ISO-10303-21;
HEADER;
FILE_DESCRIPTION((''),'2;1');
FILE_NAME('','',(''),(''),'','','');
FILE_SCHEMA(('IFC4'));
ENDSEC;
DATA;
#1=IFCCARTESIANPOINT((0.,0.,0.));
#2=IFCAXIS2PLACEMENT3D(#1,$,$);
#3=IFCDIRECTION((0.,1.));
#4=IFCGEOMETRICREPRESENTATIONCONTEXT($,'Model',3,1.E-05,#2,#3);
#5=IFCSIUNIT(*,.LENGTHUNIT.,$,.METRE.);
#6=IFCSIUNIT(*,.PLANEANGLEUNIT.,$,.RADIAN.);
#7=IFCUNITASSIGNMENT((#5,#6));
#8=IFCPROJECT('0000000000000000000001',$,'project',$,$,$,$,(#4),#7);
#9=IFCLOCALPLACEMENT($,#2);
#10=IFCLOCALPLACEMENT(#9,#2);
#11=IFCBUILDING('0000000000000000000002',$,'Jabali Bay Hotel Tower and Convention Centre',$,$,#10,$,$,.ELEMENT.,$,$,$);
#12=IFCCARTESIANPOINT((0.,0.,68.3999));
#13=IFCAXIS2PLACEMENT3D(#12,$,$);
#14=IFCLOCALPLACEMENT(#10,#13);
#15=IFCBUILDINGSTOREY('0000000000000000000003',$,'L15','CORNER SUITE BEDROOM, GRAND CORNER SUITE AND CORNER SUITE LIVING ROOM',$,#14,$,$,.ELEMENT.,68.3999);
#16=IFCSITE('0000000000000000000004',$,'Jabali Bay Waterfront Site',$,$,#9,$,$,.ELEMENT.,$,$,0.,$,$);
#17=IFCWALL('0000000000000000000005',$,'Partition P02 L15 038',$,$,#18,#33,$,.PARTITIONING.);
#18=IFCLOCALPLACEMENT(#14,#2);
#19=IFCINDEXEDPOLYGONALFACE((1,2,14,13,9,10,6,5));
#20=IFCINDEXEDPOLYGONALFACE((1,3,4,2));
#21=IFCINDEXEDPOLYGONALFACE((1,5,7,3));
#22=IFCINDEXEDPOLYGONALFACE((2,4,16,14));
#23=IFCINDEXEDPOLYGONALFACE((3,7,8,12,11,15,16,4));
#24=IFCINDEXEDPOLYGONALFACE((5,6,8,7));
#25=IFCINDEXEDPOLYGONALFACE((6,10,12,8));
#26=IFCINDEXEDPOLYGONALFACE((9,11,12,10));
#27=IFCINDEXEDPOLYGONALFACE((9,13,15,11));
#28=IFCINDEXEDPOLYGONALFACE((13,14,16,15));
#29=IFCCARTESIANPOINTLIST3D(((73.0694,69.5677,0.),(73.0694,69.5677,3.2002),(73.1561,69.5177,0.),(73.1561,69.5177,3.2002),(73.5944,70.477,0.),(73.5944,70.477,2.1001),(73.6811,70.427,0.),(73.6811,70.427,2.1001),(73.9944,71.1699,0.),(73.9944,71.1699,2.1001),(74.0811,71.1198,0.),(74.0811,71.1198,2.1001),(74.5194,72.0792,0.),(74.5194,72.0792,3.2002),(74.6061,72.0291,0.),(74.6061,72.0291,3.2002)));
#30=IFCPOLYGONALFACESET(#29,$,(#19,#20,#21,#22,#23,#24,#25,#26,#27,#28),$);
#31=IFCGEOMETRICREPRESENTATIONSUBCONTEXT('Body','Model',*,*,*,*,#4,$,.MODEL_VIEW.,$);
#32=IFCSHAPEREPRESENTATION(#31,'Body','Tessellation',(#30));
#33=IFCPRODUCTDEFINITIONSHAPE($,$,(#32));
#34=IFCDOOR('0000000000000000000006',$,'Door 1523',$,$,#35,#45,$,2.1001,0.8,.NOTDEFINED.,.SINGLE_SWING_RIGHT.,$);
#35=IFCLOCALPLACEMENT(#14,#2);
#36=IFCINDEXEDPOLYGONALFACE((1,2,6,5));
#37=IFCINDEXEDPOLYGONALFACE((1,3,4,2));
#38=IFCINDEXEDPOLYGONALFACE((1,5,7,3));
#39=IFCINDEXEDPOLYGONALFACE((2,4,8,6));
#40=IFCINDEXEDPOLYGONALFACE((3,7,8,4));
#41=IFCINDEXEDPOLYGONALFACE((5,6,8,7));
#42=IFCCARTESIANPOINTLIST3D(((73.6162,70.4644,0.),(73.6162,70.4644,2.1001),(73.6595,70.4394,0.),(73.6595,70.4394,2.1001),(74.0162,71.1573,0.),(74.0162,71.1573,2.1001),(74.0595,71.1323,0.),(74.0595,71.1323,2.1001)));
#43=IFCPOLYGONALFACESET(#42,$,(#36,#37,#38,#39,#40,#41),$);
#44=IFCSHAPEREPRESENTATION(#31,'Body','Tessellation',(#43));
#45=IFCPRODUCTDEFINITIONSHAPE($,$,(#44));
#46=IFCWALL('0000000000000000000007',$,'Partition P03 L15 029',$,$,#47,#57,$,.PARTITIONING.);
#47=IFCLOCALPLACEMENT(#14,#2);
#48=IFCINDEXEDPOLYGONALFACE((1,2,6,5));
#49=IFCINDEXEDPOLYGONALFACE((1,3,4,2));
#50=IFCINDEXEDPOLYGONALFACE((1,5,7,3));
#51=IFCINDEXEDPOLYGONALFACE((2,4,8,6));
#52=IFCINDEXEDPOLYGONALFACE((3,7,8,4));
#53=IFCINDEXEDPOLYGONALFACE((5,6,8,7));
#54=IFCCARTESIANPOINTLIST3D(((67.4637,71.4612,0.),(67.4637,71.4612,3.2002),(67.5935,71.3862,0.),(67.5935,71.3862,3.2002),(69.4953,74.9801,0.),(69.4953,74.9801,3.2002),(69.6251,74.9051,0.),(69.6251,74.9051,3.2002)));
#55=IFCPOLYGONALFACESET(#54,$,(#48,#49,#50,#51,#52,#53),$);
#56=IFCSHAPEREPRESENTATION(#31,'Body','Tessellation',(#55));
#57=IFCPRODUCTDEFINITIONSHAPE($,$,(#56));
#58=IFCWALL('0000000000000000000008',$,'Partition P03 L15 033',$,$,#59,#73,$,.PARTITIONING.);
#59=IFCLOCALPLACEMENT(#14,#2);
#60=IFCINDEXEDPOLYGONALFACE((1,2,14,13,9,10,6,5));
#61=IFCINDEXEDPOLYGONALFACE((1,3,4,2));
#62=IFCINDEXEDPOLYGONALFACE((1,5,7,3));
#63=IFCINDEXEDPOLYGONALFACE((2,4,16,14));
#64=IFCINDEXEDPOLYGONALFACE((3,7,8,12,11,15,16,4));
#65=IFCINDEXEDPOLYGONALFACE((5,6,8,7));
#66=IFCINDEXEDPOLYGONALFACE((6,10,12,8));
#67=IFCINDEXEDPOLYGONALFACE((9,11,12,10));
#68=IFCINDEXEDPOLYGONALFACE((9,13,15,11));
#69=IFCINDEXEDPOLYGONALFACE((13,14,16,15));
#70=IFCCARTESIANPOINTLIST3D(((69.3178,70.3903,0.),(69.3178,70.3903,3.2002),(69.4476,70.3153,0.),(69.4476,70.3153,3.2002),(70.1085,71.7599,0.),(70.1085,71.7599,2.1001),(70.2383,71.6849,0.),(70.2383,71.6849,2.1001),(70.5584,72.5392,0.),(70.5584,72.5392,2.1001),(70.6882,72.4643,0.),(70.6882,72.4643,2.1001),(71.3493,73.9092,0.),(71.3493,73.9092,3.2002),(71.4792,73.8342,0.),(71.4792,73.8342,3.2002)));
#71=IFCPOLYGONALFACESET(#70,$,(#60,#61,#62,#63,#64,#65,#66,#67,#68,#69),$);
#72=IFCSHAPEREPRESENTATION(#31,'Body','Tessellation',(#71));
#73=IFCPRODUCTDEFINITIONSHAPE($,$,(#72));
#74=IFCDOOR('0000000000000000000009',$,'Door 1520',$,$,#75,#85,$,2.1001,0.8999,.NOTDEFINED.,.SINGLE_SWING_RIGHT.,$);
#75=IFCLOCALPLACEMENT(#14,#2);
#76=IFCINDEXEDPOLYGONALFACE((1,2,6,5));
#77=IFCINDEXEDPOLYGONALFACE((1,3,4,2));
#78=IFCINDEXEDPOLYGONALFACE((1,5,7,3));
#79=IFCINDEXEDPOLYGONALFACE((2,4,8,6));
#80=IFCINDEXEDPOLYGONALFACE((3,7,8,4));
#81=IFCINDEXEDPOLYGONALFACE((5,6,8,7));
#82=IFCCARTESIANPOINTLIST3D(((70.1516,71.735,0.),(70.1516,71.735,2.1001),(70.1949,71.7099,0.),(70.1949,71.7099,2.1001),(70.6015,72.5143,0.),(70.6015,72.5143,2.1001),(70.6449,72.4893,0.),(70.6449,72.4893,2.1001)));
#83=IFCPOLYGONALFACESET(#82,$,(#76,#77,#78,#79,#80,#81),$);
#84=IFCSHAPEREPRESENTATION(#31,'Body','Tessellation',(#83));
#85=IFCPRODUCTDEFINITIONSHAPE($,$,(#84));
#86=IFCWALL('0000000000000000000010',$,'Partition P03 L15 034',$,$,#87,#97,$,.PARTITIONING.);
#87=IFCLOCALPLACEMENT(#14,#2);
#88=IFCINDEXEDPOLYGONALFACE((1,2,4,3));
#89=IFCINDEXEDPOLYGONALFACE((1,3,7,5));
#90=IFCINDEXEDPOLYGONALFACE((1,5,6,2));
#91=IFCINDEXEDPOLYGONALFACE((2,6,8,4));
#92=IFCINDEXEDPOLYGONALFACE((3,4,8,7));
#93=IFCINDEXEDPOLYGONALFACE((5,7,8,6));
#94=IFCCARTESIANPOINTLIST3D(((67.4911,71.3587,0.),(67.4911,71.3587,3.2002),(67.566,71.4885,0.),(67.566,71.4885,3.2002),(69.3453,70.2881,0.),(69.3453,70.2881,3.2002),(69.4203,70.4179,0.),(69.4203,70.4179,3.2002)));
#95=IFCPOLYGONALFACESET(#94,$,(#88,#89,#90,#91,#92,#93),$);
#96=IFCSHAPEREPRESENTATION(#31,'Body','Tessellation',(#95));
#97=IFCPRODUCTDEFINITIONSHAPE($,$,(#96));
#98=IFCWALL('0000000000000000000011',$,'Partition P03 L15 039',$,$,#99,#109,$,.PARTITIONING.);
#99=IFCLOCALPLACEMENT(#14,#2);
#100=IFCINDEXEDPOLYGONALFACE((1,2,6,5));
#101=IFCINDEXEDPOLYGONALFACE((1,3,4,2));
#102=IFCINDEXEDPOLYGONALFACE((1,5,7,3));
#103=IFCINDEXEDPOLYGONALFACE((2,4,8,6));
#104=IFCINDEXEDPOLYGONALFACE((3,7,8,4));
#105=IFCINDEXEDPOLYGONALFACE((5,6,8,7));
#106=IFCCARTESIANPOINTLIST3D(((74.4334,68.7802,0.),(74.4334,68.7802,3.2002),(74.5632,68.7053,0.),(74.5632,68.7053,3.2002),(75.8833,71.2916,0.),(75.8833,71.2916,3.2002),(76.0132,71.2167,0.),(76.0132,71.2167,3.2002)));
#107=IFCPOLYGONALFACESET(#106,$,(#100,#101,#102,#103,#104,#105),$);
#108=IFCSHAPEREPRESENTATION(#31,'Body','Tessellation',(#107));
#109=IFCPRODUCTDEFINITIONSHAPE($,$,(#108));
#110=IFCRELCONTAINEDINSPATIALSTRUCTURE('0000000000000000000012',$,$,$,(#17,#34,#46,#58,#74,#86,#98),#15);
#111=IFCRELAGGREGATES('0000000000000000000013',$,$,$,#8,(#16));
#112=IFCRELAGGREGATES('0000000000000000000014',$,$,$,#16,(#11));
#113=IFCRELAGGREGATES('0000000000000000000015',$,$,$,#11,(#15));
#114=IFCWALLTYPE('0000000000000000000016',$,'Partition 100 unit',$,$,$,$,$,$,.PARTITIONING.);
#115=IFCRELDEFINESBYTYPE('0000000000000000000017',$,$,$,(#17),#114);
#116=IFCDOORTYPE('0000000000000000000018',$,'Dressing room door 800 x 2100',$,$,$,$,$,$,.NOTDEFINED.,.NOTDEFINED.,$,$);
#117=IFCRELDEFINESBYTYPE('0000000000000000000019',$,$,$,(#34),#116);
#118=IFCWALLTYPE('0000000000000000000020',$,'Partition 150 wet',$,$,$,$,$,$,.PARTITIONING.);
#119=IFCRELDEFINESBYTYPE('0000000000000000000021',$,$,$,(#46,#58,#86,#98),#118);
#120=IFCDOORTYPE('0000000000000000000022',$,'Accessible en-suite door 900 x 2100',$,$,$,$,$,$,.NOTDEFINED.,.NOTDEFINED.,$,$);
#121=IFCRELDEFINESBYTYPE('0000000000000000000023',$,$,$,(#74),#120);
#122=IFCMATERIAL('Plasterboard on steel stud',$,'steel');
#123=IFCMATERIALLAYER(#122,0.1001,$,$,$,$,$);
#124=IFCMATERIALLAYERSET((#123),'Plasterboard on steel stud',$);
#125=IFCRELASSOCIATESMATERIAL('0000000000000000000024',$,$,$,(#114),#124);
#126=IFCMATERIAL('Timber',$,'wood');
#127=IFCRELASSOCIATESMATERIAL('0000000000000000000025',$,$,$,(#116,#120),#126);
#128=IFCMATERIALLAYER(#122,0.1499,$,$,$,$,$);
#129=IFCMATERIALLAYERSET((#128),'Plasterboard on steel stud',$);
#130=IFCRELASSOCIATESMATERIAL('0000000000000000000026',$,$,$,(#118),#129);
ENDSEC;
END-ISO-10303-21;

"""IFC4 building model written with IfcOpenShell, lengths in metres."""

from ifc_helpers import new_model, si_unit, direction, frame, frame_2d, origin, place, context, subcontext, project, spatial, rectangle, extrude, material, layer, layer_set, type_object, element, fill, save


model = new_model("IFC4")

# Units and contexts
model_context = context("Model", 3, precision=1e-05, world=origin(), true_north=direction((0.0, 1.0)))
body_context = subcontext(model_context, "Body", "Model", "MODEL_VIEW")
ifc_project = project(units=[si_unit("LENGTHUNIT", "METRE"), si_unit("PLANEANGLEUNIT", "RADIAN")], contexts=[model_context])

# Site, building, storey
site_placement = place(None, origin())
site = spatial("IfcSite", under=ifc_project, at=site_placement, Name="Jabali Bay Waterfront Site", CompositionType="ELEMENT", RefElevation=0.0)
building_placement = place(site_placement, origin())
building = spatial("IfcBuilding", under=site, at=building_placement, Name="Jabali Bay Hotel Tower and Convention Centre", CompositionType="ELEMENT")
storey_placement = place(building_placement, frame((0.0, 0.0, 68.3999)))
storey = spatial("IfcBuildingStorey", under=building, at=storey_placement, Name="L15", Description="CORNER SUITE BEDROOM, GRAND CORNER SUITE AND CORNER SUITE LIVING ROOM", CompositionType="ELEMENT", Elevation=68.3999)

# Shared definitions
ifc_material_1 = material(Name="Timber", Category="wood")

# Wall, opening, door
ifc_material_2 = material(Name="Plasterboard on steel stud", Category="steel")
ifc_layer_1 = layer(ifc_material_2, 0.1001)
ifc_layer_set_1 = layer_set([ifc_layer_1], Name="Plasterboard on steel stud")
wall_type_1 = type_object("IfcWallType", Name="Partition 100 unit", PredefinedType="PARTITIONING", material=ifc_layer_set_1)
wall_1_placement = place(storey_placement, frame((73.1128, 69.5427, 0.0), z_axis=(0.0, 0.0, 1.0), x_axis=(0.499987, 0.866033, 0.0)))
wall_1 = element("IfcWall", 1, at=wall_1_placement, inside=storey, type_object=wall_type_1, Name="Partition P02 L15 038", PredefinedType="PARTITIONING", context=body_context, shape_type="SweptSolid", body=[
    extrude(rectangle(XDim=2.8999, YDim=0.1001, at=frame_2d((1.45, 0.0))), origin(), (0.0, 0.0, 1.0), 3.2002),
])
opening_1_placement = place(wall_1_placement, frame((1.05, 0.0, 0.0)))
opening_1 = element("IfcOpeningElement", 2, at=opening_1_placement, cuts=wall_1, PredefinedType="OPENING", context=body_context, shape_type="SweptSolid", body=[
    extrude(rectangle(XDim=0.8, YDim=2.1001, at=frame_2d((0.3999, 1.05))), frame((0.0, 0.0605, 0.0), z_axis=(0.0, -1.0, 0.0), x_axis=(1.0, 0.0, 0.0)), (0.0, 0.0, 1.0), 0.1211),
])
door_type_1 = type_object("IfcDoorType", Name="Dressing room door 800 x 2100", OperationType="NOTDEFINED", PredefinedType="NOTDEFINED", material=ifc_material_1)
door_1_placement = place(opening_1_placement, origin())
door_1 = element("IfcDoor", 3, at=door_1_placement, inside=storey, type_object=door_type_1, Name="Door 1523", OperationType="SINGLE_SWING_RIGHT", OverallHeight=2.1001, OverallWidth=0.8, PredefinedType="NOTDEFINED", context=body_context, shape_type="SweptSolid", body=[
    extrude(rectangle(XDim=0.8, YDim=2.1001, at=frame_2d((0.3999, 1.05))), frame((0.0, 0.0249, 0.0), z_axis=(0.0, -1.0, 0.0), x_axis=(1.0, 0.0, 0.0)), (0.0, 0.0, 1.0), 0.05),
])
fill(opening_1, door_1)

# Wall
ifc_layer_2 = layer(ifc_material_2, 0.1499)
ifc_layer_set_2 = layer_set([ifc_layer_2], Name="Plasterboard on steel stud")
wall_type_2 = type_object("IfcWallType", Name="Partition 150 wet", PredefinedType="PARTITIONING", material=ifc_layer_set_2)
wall_2_placement = place(storey_placement, frame((67.5286, 71.4236, 0.0), z_axis=(0.0, 0.0, 1.0), x_axis=(0.499984, 0.866034, 0.0)))
element("IfcWall", 4, at=wall_2_placement, inside=storey, type_object=wall_type_2, Name="Partition P03 L15 029", PredefinedType="PARTITIONING", context=body_context, shape_type="SweptSolid", body=[
    extrude(rectangle(XDim=4.0632, YDim=0.1499, at=frame_2d((2.0317, 0.0))), origin(), (0.0, 0.0, 1.0), 3.2002),
])

# Wall, opening, door
wall_3_placement = place(storey_placement, frame((71.4143, 73.8718, 0.0), z_axis=(0.0, 0.0, 1.0), x_axis=(-0.499984, -0.866034, 0.0)))
wall_3 = element("IfcWall", 5, at=wall_3_placement, inside=storey, type_object=wall_type_2, Name="Partition P03 L15 033", PredefinedType="PARTITIONING", context=body_context, shape_type="SweptSolid", body=[
    extrude(rectangle(XDim=4.0632, YDim=0.1499, at=frame_2d((2.0317, 0.0))), origin(), (0.0, 0.0, 1.0), 3.2002),
])
opening_2_placement = place(wall_3_placement, frame((1.582, 0.0, 0.0)))
opening_2 = element("IfcOpeningElement", 6, at=opening_2_placement, cuts=wall_3, PredefinedType="OPENING", context=body_context, shape_type="SweptSolid", body=[
    extrude(rectangle(XDim=0.8999, YDim=2.1001, at=frame_2d((0.45, 1.05))), frame((0.0, 0.0854, 0.0), z_axis=(0.0, -1.0, 0.0), x_axis=(1.0, 0.0, 0.0)), (0.0, 0.0, 1.0), 0.1709),
])
door_type_2 = type_object("IfcDoorType", Name="Accessible en-suite door 900 x 2100", OperationType="NOTDEFINED", PredefinedType="NOTDEFINED", material=ifc_material_1)
door_2_placement = place(opening_2_placement, origin())
door_2 = element("IfcDoor", 7, at=door_2_placement, inside=storey, type_object=door_type_2, Name="Door 1520", OperationType="SINGLE_SWING_RIGHT", OverallHeight=2.1001, OverallWidth=0.8999, PredefinedType="NOTDEFINED", context=body_context, shape_type="SweptSolid", body=[
    extrude(rectangle(XDim=0.8999, YDim=2.1001, at=frame_2d((0.45, 1.05))), frame((0.0, 0.0249, 0.0), z_axis=(0.0, -1.0, 0.0), x_axis=(1.0, 0.0, 0.0)), (0.0, 0.0, 1.0), 0.05),
])
fill(opening_2, door_2)

# Walls
wall_4_placement = place(storey_placement, frame((69.3828, 70.353, 0.0), z_axis=(0.0, 0.0, 1.0), x_axis=(-0.866024, 0.500002, 0.0)))
element("IfcWall", 8, at=wall_4_placement, inside=storey, type_object=wall_type_2, Name="Partition P03 L15 034", PredefinedType="PARTITIONING", context=body_context, shape_type="SweptSolid", body=[
    extrude(rectangle(XDim=2.1411, YDim=0.1499, at=frame_2d((1.0706, 0.0))), origin(), (0.0, 0.0, 1.0), 3.2002),
])
wall_5_placement = place(storey_placement, frame((75.9482, 71.2542, 0.0), z_axis=(0.0, 0.0, 1.0), x_axis=(-0.499987, -0.866033, 0.0)))
element("IfcWall", 9, at=wall_5_placement, inside=storey, type_object=wall_type_2, Name="Partition P03 L15 039", PredefinedType="PARTITIONING", context=body_context, shape_type="SweptSolid", body=[
    extrude(rectangle(XDim=2.8999, YDim=0.1499, at=frame_2d((1.45, 0.0))), origin(), (0.0, 0.0, 1.0), 3.2002),
])

save(model, "model.ifc")
